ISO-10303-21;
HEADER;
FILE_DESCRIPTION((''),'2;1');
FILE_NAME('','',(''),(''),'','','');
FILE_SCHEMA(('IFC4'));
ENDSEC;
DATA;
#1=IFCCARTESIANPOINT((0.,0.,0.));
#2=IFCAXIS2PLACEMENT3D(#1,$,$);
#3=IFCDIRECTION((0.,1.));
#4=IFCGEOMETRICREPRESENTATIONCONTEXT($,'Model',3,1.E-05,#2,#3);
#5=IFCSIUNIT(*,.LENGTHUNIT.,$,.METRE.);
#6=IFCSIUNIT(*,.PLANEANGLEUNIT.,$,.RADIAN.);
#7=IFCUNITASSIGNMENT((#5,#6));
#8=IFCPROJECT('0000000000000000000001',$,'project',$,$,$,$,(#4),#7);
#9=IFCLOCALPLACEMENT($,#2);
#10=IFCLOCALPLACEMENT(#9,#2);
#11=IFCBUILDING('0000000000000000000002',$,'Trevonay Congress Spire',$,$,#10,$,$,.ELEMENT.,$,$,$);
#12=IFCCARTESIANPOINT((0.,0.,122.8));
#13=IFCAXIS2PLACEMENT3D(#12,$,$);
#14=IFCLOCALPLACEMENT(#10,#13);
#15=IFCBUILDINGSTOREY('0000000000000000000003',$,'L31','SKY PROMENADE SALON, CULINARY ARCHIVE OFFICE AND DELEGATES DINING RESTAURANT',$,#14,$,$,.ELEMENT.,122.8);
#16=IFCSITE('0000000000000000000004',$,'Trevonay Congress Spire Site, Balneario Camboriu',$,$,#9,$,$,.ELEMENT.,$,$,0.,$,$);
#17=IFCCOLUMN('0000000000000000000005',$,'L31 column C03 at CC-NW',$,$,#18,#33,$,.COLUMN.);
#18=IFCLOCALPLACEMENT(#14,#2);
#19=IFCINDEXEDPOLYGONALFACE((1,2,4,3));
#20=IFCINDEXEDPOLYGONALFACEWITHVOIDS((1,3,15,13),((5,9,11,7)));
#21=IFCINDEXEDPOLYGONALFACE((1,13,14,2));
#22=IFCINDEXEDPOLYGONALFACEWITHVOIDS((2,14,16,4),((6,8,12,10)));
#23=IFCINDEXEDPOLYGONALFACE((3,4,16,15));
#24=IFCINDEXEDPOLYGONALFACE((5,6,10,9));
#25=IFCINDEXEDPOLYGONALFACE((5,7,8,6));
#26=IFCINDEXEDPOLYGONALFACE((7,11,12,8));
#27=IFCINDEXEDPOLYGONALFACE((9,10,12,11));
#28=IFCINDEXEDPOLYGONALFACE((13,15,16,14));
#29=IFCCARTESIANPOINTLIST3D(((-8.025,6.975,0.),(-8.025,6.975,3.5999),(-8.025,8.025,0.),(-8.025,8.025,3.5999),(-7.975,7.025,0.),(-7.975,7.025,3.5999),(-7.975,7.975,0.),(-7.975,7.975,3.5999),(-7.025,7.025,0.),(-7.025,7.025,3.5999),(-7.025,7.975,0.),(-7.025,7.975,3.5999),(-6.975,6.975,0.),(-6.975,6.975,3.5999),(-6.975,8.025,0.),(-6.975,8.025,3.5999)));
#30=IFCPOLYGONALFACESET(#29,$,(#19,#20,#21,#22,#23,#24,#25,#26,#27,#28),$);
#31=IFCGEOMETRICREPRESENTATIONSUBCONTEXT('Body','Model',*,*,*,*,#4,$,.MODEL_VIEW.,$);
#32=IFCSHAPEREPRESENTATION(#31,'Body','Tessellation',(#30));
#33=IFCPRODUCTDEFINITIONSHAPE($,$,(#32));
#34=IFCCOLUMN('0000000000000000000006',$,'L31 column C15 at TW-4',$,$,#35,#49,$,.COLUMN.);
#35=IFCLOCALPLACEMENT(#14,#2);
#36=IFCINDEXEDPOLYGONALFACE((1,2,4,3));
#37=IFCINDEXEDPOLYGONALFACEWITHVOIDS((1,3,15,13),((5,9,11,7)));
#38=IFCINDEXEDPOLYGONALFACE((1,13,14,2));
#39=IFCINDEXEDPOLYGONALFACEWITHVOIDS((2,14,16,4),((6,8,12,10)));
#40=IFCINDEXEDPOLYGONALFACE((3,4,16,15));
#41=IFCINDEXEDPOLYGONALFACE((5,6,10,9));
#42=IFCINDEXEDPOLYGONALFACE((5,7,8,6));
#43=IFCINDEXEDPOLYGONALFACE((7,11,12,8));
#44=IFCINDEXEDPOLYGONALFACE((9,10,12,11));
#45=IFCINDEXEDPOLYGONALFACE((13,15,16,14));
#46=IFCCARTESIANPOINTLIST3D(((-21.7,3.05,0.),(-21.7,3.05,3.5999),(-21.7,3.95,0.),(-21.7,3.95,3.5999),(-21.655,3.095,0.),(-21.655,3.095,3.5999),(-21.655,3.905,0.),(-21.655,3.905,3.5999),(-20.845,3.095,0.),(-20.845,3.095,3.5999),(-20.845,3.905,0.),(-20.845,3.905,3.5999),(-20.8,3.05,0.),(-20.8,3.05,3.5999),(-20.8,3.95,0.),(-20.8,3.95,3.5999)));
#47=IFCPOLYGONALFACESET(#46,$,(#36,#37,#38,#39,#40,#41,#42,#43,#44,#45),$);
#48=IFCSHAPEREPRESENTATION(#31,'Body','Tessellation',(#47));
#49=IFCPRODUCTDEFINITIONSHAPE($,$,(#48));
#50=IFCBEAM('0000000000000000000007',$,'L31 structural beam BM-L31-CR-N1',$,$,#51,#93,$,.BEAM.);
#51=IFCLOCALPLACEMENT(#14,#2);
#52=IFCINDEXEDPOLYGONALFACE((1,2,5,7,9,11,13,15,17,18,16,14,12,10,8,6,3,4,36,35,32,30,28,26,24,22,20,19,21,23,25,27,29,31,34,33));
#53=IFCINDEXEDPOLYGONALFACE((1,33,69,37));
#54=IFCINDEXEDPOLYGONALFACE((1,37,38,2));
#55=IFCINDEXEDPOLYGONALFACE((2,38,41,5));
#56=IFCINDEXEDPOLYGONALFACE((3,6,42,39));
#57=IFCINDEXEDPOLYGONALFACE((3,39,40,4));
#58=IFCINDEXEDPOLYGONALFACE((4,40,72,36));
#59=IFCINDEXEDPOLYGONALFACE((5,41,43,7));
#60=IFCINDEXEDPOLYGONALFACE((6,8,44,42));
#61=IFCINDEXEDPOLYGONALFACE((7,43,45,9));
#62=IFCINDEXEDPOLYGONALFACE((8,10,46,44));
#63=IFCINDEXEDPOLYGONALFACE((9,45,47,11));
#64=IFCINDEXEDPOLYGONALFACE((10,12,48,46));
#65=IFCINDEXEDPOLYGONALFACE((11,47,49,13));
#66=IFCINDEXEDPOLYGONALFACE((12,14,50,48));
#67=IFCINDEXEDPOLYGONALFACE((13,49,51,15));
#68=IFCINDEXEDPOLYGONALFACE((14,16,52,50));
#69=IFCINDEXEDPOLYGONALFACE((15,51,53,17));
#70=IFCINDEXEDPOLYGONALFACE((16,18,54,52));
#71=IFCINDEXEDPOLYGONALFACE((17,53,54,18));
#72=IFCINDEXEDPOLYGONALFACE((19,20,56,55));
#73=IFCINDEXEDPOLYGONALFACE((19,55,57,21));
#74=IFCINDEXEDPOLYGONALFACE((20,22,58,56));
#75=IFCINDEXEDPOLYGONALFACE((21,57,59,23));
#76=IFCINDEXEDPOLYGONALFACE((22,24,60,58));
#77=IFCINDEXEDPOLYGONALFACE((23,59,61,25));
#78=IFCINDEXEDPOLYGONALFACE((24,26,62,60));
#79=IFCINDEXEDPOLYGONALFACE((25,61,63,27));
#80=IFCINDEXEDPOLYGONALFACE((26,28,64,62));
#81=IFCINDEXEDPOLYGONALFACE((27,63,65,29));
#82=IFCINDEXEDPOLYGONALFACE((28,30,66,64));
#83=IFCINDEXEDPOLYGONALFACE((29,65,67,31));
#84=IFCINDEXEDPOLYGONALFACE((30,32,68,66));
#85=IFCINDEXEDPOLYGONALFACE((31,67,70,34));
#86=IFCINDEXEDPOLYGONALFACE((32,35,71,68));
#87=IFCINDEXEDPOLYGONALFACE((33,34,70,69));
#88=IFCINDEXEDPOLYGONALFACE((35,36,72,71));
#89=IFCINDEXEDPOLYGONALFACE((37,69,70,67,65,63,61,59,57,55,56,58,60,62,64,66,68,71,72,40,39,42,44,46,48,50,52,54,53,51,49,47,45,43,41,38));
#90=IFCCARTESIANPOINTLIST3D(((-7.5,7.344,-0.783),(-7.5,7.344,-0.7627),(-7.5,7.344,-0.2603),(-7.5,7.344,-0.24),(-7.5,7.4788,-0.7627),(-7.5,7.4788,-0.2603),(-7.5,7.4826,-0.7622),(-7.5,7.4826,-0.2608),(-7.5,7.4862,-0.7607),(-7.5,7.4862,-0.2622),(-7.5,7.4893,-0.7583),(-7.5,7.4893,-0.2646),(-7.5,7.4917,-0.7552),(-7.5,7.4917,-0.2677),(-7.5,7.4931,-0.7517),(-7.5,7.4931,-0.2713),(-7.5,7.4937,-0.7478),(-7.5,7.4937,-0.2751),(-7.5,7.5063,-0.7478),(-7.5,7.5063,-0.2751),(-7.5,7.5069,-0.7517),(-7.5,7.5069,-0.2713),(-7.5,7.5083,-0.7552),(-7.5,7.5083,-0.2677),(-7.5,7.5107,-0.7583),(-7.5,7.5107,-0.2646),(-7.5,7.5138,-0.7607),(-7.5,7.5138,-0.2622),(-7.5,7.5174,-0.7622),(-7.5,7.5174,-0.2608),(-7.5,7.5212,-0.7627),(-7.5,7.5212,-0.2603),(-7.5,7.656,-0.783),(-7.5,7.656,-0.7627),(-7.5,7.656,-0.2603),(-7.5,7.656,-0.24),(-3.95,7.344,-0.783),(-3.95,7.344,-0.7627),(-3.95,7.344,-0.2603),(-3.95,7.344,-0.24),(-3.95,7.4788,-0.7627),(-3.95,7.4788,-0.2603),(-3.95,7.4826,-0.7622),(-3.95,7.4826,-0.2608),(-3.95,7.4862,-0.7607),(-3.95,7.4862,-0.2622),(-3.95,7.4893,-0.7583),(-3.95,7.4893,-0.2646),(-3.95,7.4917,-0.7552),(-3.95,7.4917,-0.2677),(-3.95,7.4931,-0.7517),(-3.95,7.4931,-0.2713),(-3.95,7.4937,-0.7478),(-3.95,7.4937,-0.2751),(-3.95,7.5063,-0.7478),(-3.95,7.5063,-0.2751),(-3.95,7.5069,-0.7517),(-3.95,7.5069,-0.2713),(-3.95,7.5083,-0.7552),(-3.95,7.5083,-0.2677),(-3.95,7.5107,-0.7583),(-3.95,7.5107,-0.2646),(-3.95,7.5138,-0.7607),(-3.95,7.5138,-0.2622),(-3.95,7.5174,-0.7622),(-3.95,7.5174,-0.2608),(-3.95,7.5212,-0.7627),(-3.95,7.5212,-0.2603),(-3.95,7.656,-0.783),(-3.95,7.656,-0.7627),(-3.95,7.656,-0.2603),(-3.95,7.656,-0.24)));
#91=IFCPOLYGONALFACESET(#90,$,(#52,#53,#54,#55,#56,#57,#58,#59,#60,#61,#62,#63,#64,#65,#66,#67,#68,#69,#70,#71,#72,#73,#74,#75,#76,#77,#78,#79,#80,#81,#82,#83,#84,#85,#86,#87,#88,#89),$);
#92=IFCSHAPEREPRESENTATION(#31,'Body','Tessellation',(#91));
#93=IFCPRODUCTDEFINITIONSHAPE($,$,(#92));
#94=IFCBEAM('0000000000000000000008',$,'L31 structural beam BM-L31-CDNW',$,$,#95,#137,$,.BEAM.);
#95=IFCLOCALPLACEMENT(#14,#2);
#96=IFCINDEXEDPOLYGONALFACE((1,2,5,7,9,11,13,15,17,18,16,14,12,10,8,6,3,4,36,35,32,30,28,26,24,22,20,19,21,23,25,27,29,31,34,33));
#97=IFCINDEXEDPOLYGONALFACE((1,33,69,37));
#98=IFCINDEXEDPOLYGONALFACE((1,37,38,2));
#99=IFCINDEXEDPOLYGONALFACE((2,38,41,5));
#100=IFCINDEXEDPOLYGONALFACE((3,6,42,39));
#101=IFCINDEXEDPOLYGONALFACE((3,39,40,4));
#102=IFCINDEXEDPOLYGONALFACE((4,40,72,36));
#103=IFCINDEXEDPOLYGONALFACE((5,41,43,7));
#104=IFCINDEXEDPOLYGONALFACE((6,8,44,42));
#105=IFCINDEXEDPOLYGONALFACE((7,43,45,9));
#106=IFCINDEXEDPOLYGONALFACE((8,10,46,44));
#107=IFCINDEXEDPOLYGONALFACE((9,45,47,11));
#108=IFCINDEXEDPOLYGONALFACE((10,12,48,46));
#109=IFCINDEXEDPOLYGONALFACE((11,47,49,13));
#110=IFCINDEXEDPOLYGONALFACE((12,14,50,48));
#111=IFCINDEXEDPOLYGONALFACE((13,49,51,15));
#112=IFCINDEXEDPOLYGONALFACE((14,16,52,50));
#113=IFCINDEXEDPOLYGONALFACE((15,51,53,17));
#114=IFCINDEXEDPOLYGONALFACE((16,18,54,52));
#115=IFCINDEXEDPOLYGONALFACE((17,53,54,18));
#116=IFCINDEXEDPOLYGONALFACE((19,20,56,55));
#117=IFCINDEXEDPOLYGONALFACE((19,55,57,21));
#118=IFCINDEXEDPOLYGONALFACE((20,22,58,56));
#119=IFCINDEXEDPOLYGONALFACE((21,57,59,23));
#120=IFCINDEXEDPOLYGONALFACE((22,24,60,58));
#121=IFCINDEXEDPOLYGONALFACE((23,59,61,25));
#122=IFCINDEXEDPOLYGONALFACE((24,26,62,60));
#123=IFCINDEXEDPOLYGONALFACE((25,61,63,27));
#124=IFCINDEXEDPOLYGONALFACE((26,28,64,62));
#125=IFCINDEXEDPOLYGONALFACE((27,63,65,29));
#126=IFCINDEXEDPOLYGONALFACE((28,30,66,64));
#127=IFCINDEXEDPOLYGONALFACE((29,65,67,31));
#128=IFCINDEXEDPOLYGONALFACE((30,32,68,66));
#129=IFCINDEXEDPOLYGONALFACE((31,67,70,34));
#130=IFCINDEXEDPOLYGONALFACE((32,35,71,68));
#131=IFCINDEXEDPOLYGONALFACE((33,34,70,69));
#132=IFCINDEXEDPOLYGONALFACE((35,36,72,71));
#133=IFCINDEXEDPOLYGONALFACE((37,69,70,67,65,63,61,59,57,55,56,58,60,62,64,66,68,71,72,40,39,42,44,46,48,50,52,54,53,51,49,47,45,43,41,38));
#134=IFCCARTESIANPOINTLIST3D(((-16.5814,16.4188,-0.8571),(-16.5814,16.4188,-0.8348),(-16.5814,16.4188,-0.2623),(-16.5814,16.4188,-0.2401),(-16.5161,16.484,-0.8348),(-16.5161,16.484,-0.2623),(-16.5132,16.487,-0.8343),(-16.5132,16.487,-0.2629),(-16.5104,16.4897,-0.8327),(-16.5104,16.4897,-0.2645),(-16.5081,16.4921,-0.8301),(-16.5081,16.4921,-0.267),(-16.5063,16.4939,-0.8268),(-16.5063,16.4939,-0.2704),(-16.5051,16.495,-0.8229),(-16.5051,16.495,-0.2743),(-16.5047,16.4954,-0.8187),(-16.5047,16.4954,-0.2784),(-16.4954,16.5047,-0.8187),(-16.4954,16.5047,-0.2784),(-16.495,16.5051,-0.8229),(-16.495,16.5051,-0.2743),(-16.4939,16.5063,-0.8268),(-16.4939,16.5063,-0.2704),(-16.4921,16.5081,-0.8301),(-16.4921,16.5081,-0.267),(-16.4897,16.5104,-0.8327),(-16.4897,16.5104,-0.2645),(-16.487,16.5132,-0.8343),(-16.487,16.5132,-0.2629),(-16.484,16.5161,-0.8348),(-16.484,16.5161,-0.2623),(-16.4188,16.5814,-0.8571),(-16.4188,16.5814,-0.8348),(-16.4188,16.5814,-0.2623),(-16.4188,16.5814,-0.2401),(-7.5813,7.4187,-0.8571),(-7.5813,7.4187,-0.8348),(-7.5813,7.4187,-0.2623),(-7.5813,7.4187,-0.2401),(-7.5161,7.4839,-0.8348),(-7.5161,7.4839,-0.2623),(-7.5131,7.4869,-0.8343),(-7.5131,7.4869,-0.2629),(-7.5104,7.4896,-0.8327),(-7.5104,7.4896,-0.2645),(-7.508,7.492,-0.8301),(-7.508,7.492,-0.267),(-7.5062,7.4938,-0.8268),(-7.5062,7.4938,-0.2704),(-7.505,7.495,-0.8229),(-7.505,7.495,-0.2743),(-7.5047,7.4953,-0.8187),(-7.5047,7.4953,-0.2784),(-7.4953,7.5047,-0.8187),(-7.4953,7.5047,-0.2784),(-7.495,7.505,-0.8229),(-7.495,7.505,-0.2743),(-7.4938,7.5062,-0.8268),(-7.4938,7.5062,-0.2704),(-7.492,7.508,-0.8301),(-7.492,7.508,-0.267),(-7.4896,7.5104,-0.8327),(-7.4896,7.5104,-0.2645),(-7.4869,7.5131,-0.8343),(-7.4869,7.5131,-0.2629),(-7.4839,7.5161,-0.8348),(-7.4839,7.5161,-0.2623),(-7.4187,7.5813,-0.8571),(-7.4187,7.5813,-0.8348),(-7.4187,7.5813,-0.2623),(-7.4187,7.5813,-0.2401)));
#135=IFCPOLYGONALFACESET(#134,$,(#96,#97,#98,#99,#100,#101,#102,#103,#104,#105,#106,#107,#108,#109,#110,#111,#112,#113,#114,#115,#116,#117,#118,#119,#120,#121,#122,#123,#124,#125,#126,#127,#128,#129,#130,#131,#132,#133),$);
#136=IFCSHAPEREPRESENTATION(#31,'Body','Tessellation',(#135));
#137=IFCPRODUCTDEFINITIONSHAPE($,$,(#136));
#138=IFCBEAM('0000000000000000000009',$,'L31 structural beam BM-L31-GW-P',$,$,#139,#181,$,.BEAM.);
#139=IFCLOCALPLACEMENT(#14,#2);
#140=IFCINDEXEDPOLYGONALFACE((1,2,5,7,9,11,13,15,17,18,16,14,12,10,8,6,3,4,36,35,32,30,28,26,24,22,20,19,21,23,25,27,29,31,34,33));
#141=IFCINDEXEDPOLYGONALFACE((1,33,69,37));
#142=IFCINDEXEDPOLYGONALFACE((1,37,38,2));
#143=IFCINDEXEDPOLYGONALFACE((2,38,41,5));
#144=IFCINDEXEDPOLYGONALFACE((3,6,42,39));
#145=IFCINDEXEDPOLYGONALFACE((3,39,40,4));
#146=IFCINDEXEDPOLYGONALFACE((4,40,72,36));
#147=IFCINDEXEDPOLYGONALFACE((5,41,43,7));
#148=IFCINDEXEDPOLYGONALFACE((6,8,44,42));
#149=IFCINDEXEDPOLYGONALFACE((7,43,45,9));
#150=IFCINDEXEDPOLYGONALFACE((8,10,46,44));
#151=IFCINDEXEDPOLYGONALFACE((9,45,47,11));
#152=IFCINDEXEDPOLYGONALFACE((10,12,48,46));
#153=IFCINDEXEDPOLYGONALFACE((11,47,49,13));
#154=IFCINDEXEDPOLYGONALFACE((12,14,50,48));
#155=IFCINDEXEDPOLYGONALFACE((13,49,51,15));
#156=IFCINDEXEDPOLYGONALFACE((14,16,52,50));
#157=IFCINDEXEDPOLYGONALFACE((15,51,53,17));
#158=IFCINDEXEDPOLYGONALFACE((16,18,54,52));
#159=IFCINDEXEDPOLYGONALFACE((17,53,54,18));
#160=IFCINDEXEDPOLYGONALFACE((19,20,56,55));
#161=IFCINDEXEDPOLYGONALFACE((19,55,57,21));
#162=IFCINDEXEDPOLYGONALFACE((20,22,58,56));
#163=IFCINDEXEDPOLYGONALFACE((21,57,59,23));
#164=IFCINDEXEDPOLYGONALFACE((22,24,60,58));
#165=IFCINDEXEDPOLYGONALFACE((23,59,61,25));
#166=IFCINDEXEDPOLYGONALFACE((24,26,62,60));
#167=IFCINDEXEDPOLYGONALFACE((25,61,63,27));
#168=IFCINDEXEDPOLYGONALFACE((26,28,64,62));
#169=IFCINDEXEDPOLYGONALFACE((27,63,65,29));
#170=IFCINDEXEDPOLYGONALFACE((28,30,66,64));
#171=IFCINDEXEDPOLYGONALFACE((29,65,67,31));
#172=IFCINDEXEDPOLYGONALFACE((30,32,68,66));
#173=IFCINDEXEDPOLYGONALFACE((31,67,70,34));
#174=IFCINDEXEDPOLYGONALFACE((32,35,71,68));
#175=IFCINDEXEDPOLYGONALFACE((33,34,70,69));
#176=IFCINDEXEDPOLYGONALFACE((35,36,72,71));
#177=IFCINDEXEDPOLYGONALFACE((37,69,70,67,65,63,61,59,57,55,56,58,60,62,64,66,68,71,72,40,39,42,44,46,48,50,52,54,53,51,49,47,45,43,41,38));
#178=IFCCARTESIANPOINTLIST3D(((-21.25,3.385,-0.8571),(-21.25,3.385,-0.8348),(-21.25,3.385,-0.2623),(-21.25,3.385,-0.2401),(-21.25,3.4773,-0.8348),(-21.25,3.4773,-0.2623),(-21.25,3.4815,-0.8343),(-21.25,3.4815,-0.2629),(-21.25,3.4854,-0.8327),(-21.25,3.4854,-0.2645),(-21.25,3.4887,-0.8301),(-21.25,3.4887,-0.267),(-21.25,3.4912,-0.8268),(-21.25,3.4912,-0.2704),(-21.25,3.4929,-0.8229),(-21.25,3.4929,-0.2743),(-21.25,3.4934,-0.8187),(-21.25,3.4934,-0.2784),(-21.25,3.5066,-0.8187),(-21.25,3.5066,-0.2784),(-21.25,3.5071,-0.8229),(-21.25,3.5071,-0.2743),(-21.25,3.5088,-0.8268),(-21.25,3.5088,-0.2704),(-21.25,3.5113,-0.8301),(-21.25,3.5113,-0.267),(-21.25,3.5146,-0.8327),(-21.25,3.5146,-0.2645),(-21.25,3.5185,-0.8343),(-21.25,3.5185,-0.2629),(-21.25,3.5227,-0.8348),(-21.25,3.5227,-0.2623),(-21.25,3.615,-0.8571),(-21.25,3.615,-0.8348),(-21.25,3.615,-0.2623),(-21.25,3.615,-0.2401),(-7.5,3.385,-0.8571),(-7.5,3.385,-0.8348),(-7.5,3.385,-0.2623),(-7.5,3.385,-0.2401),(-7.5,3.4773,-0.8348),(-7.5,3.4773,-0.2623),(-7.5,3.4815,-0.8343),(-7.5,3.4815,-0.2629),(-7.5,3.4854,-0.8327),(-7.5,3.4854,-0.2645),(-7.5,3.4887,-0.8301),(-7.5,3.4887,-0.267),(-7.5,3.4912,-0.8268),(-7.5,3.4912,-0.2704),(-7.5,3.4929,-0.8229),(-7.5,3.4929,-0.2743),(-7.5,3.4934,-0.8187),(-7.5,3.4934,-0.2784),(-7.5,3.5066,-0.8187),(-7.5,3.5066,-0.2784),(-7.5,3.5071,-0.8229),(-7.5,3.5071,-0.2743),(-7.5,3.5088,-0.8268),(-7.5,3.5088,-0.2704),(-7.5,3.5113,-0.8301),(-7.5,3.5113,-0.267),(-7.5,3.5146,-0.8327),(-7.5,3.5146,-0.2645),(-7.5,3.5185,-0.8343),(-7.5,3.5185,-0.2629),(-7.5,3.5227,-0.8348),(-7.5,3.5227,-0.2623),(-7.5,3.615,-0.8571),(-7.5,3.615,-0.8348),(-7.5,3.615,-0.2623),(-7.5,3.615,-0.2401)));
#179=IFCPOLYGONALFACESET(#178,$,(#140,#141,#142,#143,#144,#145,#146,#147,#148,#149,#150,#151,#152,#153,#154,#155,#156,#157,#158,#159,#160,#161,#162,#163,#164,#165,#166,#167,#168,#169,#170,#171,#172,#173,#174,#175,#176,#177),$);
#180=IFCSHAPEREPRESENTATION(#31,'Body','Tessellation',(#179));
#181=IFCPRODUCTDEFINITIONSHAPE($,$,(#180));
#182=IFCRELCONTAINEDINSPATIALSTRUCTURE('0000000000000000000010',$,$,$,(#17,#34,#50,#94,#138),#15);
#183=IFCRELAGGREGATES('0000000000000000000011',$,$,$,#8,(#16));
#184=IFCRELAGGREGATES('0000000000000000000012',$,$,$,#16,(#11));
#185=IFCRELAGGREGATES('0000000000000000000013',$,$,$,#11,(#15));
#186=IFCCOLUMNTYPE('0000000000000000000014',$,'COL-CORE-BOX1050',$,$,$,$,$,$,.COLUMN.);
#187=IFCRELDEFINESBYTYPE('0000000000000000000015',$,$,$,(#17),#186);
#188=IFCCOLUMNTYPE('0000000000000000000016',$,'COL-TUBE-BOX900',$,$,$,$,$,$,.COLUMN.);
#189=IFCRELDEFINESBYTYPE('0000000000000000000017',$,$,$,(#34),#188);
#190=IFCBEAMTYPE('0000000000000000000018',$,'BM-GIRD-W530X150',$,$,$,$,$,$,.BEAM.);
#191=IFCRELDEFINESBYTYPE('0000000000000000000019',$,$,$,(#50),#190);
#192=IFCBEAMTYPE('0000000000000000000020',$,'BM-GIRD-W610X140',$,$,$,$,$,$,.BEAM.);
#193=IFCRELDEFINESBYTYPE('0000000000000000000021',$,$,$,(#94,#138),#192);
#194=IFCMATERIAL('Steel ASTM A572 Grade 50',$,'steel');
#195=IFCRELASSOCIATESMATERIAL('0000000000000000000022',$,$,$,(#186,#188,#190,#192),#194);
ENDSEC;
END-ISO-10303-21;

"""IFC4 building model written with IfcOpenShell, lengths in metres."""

from ifc_helpers import new_model, si_unit, direction, frame, origin, origin_2d, place, context, subcontext, project, spatial, hollow_rectangle, i_section, extrude, material, material_profile, profile_set, type_object, element, save


model = new_model("IFC4")

# Units and contexts
model_context = context("Model", 3, precision=1e-05, world=origin(), true_north=direction((0.0, 1.0)))
body_context = subcontext(model_context, "Body", "Model", "MODEL_VIEW")
ifc_project = project(units=[si_unit("LENGTHUNIT", "METRE"), si_unit("PLANEANGLEUNIT", "RADIAN")], contexts=[model_context])

# Site, building, storey
site_placement = place(None, origin())
site = spatial("IfcSite", under=ifc_project, at=site_placement, Name="Trevonay Congress Spire Site, Balneario Camboriu", CompositionType="ELEMENT", RefElevation=0.0)
building_placement = place(site_placement, origin())
building = spatial("IfcBuilding", under=site, at=building_placement, Name="Trevonay Congress Spire", CompositionType="ELEMENT")
storey_placement = place(building_placement, frame((0.0, 0.0, 122.8)))
storey = spatial("IfcBuildingStorey", under=building, at=storey_placement, Name="L31", Description="SKY PROMENADE SALON, CULINARY ARCHIVE OFFICE AND DELEGATES DINING RESTAURANT", CompositionType="ELEMENT", Elevation=122.8)

# Columns
ifc_material_1 = material(Name="Steel ASTM A572 Grade 50", Category="steel")
ifc_material_profile_1 = material_profile(ifc_material_1, hollow_rectangle(XDim=1.05, YDim=1.05, WallThickness=0.05, at=origin_2d()), Name="BOX 1050x1050x50")
ifc_profile_set_1 = profile_set([ifc_material_profile_1], Name="Steel ASTM A572 Grade 50")
column_type_1 = type_object("IfcColumnType", Name="COL-CORE-BOX1050", PredefinedType="COLUMN", material=ifc_profile_set_1)
column_1_placement = place(storey_placement, frame((-7.5, 7.5, 0.0), z_axis=(0.0, 0.0, 1.0), x_axis=(1.0, 0.0, 0.0)))
element("IfcColumn", 1, at=column_1_placement, inside=storey, type_object=column_type_1, Name="L31 column C03 at CC-NW", PredefinedType="COLUMN", context=body_context, shape_type="SweptSolid", body=[
    extrude(hollow_rectangle(XDim=1.05, YDim=1.05, WallThickness=0.05, at=origin_2d()), origin(), (0.0, 0.0, 1.0), 3.5999),
])
ifc_material_profile_2 = material_profile(ifc_material_1, hollow_rectangle(XDim=0.8999, YDim=0.8999, WallThickness=0.0449, at=origin_2d()), Name="BOX 900x900x45")
ifc_profile_set_2 = profile_set([ifc_material_profile_2], Name="Steel ASTM A572 Grade 50")
column_type_2 = type_object("IfcColumnType", Name="COL-TUBE-BOX900", PredefinedType="COLUMN", material=ifc_profile_set_2)
column_2_placement = place(storey_placement, frame((-21.25, 3.5, 0.0), z_axis=(0.0, 0.0, 1.0), x_axis=(1.0, 0.0, 0.0)))
element("IfcColumn", 2, at=column_2_placement, inside=storey, type_object=column_type_2, Name="L31 column C15 at TW-4", PredefinedType="COLUMN", context=body_context, shape_type="SweptSolid", body=[
    extrude(hollow_rectangle(XDim=0.8999, YDim=0.8999, WallThickness=0.0449, at=origin_2d()), origin(), (0.0, 0.0, 1.0), 3.5999),
])

# Beams
ifc_material_profile_3 = material_profile(ifc_material_1, i_section(OverallWidth=0.312, OverallDepth=0.543, WebThickness=0.0127, FlangeThickness=0.0203, FilletRadius=0.0149, at=origin_2d()), Name="W530x150")
ifc_profile_set_3 = profile_set([ifc_material_profile_3], Name="Steel ASTM A572 Grade 50")
beam_type_1 = type_object("IfcBeamType", Name="BM-GIRD-W530X150", PredefinedType="BEAM", material=ifc_profile_set_3)
beam_1_placement = place(storey_placement, frame((-7.5, 7.5, -0.5115), z_axis=(1.0, 0.0, 0.0), x_axis=(0.0, 1.0, 0.0)))
element("IfcBeam", 3, at=beam_1_placement, inside=storey, type_object=beam_type_1, Name="L31 structural beam BM-L31-CR-N1", PredefinedType="BEAM", context=body_context, shape_type="SweptSolid", body=[
    extrude(i_section(OverallWidth=0.312, OverallDepth=0.543, WebThickness=0.0127, FlangeThickness=0.0203, FilletRadius=0.0149, at=origin_2d()), origin(), (0.0, 0.0, 1.0), 3.55),
])
ifc_material_profile_4 = material_profile(ifc_material_1, i_section(OverallWidth=0.23, OverallDepth=0.6169, WebThickness=0.0132, FlangeThickness=0.0222, FilletRadius=0.0161, at=origin_2d()), Name="W610x140")
ifc_profile_set_4 = profile_set([ifc_material_profile_4], Name="Steel ASTM A572 Grade 50")
beam_type_2 = type_object("IfcBeamType", Name="BM-GIRD-W610X140", PredefinedType="BEAM", material=ifc_profile_set_4)
beam_2_placement = place(storey_placement, frame((-7.5, 7.5, -0.5486), z_axis=(-0.707107, 0.707107, 0.0), x_axis=(-0.707107, -0.707107, 0.0)))
element("IfcBeam", 4, at=beam_2_placement, inside=storey, type_object=beam_type_2, Name="L31 structural beam BM-L31-CDNW", PredefinedType="BEAM", context=body_context, shape_type="SweptSolid", body=[
    extrude(i_section(OverallWidth=0.23, OverallDepth=0.6169, WebThickness=0.0132, FlangeThickness=0.0222, FilletRadius=0.0161, at=origin_2d()), origin(), (0.0, 0.0, 1.0), 12.728),
])
beam_3_placement = place(storey_placement, frame((-7.5, 3.5, -0.5486), z_axis=(-1.0, 0.0, 0.0), x_axis=(0.0, -1.0, 0.0)))
element("IfcBeam", 5, at=beam_3_placement, inside=storey, type_object=beam_type_2, Name="L31 structural beam BM-L31-GW-P", PredefinedType="BEAM", context=body_context, shape_type="SweptSolid", body=[
    extrude(i_section(OverallWidth=0.23, OverallDepth=0.6169, WebThickness=0.0132, FlangeThickness=0.0222, FilletRadius=0.0161, at=origin_2d()), origin(), (0.0, 0.0, 1.0), 13.75),
])

save(model, "model.ifc")
